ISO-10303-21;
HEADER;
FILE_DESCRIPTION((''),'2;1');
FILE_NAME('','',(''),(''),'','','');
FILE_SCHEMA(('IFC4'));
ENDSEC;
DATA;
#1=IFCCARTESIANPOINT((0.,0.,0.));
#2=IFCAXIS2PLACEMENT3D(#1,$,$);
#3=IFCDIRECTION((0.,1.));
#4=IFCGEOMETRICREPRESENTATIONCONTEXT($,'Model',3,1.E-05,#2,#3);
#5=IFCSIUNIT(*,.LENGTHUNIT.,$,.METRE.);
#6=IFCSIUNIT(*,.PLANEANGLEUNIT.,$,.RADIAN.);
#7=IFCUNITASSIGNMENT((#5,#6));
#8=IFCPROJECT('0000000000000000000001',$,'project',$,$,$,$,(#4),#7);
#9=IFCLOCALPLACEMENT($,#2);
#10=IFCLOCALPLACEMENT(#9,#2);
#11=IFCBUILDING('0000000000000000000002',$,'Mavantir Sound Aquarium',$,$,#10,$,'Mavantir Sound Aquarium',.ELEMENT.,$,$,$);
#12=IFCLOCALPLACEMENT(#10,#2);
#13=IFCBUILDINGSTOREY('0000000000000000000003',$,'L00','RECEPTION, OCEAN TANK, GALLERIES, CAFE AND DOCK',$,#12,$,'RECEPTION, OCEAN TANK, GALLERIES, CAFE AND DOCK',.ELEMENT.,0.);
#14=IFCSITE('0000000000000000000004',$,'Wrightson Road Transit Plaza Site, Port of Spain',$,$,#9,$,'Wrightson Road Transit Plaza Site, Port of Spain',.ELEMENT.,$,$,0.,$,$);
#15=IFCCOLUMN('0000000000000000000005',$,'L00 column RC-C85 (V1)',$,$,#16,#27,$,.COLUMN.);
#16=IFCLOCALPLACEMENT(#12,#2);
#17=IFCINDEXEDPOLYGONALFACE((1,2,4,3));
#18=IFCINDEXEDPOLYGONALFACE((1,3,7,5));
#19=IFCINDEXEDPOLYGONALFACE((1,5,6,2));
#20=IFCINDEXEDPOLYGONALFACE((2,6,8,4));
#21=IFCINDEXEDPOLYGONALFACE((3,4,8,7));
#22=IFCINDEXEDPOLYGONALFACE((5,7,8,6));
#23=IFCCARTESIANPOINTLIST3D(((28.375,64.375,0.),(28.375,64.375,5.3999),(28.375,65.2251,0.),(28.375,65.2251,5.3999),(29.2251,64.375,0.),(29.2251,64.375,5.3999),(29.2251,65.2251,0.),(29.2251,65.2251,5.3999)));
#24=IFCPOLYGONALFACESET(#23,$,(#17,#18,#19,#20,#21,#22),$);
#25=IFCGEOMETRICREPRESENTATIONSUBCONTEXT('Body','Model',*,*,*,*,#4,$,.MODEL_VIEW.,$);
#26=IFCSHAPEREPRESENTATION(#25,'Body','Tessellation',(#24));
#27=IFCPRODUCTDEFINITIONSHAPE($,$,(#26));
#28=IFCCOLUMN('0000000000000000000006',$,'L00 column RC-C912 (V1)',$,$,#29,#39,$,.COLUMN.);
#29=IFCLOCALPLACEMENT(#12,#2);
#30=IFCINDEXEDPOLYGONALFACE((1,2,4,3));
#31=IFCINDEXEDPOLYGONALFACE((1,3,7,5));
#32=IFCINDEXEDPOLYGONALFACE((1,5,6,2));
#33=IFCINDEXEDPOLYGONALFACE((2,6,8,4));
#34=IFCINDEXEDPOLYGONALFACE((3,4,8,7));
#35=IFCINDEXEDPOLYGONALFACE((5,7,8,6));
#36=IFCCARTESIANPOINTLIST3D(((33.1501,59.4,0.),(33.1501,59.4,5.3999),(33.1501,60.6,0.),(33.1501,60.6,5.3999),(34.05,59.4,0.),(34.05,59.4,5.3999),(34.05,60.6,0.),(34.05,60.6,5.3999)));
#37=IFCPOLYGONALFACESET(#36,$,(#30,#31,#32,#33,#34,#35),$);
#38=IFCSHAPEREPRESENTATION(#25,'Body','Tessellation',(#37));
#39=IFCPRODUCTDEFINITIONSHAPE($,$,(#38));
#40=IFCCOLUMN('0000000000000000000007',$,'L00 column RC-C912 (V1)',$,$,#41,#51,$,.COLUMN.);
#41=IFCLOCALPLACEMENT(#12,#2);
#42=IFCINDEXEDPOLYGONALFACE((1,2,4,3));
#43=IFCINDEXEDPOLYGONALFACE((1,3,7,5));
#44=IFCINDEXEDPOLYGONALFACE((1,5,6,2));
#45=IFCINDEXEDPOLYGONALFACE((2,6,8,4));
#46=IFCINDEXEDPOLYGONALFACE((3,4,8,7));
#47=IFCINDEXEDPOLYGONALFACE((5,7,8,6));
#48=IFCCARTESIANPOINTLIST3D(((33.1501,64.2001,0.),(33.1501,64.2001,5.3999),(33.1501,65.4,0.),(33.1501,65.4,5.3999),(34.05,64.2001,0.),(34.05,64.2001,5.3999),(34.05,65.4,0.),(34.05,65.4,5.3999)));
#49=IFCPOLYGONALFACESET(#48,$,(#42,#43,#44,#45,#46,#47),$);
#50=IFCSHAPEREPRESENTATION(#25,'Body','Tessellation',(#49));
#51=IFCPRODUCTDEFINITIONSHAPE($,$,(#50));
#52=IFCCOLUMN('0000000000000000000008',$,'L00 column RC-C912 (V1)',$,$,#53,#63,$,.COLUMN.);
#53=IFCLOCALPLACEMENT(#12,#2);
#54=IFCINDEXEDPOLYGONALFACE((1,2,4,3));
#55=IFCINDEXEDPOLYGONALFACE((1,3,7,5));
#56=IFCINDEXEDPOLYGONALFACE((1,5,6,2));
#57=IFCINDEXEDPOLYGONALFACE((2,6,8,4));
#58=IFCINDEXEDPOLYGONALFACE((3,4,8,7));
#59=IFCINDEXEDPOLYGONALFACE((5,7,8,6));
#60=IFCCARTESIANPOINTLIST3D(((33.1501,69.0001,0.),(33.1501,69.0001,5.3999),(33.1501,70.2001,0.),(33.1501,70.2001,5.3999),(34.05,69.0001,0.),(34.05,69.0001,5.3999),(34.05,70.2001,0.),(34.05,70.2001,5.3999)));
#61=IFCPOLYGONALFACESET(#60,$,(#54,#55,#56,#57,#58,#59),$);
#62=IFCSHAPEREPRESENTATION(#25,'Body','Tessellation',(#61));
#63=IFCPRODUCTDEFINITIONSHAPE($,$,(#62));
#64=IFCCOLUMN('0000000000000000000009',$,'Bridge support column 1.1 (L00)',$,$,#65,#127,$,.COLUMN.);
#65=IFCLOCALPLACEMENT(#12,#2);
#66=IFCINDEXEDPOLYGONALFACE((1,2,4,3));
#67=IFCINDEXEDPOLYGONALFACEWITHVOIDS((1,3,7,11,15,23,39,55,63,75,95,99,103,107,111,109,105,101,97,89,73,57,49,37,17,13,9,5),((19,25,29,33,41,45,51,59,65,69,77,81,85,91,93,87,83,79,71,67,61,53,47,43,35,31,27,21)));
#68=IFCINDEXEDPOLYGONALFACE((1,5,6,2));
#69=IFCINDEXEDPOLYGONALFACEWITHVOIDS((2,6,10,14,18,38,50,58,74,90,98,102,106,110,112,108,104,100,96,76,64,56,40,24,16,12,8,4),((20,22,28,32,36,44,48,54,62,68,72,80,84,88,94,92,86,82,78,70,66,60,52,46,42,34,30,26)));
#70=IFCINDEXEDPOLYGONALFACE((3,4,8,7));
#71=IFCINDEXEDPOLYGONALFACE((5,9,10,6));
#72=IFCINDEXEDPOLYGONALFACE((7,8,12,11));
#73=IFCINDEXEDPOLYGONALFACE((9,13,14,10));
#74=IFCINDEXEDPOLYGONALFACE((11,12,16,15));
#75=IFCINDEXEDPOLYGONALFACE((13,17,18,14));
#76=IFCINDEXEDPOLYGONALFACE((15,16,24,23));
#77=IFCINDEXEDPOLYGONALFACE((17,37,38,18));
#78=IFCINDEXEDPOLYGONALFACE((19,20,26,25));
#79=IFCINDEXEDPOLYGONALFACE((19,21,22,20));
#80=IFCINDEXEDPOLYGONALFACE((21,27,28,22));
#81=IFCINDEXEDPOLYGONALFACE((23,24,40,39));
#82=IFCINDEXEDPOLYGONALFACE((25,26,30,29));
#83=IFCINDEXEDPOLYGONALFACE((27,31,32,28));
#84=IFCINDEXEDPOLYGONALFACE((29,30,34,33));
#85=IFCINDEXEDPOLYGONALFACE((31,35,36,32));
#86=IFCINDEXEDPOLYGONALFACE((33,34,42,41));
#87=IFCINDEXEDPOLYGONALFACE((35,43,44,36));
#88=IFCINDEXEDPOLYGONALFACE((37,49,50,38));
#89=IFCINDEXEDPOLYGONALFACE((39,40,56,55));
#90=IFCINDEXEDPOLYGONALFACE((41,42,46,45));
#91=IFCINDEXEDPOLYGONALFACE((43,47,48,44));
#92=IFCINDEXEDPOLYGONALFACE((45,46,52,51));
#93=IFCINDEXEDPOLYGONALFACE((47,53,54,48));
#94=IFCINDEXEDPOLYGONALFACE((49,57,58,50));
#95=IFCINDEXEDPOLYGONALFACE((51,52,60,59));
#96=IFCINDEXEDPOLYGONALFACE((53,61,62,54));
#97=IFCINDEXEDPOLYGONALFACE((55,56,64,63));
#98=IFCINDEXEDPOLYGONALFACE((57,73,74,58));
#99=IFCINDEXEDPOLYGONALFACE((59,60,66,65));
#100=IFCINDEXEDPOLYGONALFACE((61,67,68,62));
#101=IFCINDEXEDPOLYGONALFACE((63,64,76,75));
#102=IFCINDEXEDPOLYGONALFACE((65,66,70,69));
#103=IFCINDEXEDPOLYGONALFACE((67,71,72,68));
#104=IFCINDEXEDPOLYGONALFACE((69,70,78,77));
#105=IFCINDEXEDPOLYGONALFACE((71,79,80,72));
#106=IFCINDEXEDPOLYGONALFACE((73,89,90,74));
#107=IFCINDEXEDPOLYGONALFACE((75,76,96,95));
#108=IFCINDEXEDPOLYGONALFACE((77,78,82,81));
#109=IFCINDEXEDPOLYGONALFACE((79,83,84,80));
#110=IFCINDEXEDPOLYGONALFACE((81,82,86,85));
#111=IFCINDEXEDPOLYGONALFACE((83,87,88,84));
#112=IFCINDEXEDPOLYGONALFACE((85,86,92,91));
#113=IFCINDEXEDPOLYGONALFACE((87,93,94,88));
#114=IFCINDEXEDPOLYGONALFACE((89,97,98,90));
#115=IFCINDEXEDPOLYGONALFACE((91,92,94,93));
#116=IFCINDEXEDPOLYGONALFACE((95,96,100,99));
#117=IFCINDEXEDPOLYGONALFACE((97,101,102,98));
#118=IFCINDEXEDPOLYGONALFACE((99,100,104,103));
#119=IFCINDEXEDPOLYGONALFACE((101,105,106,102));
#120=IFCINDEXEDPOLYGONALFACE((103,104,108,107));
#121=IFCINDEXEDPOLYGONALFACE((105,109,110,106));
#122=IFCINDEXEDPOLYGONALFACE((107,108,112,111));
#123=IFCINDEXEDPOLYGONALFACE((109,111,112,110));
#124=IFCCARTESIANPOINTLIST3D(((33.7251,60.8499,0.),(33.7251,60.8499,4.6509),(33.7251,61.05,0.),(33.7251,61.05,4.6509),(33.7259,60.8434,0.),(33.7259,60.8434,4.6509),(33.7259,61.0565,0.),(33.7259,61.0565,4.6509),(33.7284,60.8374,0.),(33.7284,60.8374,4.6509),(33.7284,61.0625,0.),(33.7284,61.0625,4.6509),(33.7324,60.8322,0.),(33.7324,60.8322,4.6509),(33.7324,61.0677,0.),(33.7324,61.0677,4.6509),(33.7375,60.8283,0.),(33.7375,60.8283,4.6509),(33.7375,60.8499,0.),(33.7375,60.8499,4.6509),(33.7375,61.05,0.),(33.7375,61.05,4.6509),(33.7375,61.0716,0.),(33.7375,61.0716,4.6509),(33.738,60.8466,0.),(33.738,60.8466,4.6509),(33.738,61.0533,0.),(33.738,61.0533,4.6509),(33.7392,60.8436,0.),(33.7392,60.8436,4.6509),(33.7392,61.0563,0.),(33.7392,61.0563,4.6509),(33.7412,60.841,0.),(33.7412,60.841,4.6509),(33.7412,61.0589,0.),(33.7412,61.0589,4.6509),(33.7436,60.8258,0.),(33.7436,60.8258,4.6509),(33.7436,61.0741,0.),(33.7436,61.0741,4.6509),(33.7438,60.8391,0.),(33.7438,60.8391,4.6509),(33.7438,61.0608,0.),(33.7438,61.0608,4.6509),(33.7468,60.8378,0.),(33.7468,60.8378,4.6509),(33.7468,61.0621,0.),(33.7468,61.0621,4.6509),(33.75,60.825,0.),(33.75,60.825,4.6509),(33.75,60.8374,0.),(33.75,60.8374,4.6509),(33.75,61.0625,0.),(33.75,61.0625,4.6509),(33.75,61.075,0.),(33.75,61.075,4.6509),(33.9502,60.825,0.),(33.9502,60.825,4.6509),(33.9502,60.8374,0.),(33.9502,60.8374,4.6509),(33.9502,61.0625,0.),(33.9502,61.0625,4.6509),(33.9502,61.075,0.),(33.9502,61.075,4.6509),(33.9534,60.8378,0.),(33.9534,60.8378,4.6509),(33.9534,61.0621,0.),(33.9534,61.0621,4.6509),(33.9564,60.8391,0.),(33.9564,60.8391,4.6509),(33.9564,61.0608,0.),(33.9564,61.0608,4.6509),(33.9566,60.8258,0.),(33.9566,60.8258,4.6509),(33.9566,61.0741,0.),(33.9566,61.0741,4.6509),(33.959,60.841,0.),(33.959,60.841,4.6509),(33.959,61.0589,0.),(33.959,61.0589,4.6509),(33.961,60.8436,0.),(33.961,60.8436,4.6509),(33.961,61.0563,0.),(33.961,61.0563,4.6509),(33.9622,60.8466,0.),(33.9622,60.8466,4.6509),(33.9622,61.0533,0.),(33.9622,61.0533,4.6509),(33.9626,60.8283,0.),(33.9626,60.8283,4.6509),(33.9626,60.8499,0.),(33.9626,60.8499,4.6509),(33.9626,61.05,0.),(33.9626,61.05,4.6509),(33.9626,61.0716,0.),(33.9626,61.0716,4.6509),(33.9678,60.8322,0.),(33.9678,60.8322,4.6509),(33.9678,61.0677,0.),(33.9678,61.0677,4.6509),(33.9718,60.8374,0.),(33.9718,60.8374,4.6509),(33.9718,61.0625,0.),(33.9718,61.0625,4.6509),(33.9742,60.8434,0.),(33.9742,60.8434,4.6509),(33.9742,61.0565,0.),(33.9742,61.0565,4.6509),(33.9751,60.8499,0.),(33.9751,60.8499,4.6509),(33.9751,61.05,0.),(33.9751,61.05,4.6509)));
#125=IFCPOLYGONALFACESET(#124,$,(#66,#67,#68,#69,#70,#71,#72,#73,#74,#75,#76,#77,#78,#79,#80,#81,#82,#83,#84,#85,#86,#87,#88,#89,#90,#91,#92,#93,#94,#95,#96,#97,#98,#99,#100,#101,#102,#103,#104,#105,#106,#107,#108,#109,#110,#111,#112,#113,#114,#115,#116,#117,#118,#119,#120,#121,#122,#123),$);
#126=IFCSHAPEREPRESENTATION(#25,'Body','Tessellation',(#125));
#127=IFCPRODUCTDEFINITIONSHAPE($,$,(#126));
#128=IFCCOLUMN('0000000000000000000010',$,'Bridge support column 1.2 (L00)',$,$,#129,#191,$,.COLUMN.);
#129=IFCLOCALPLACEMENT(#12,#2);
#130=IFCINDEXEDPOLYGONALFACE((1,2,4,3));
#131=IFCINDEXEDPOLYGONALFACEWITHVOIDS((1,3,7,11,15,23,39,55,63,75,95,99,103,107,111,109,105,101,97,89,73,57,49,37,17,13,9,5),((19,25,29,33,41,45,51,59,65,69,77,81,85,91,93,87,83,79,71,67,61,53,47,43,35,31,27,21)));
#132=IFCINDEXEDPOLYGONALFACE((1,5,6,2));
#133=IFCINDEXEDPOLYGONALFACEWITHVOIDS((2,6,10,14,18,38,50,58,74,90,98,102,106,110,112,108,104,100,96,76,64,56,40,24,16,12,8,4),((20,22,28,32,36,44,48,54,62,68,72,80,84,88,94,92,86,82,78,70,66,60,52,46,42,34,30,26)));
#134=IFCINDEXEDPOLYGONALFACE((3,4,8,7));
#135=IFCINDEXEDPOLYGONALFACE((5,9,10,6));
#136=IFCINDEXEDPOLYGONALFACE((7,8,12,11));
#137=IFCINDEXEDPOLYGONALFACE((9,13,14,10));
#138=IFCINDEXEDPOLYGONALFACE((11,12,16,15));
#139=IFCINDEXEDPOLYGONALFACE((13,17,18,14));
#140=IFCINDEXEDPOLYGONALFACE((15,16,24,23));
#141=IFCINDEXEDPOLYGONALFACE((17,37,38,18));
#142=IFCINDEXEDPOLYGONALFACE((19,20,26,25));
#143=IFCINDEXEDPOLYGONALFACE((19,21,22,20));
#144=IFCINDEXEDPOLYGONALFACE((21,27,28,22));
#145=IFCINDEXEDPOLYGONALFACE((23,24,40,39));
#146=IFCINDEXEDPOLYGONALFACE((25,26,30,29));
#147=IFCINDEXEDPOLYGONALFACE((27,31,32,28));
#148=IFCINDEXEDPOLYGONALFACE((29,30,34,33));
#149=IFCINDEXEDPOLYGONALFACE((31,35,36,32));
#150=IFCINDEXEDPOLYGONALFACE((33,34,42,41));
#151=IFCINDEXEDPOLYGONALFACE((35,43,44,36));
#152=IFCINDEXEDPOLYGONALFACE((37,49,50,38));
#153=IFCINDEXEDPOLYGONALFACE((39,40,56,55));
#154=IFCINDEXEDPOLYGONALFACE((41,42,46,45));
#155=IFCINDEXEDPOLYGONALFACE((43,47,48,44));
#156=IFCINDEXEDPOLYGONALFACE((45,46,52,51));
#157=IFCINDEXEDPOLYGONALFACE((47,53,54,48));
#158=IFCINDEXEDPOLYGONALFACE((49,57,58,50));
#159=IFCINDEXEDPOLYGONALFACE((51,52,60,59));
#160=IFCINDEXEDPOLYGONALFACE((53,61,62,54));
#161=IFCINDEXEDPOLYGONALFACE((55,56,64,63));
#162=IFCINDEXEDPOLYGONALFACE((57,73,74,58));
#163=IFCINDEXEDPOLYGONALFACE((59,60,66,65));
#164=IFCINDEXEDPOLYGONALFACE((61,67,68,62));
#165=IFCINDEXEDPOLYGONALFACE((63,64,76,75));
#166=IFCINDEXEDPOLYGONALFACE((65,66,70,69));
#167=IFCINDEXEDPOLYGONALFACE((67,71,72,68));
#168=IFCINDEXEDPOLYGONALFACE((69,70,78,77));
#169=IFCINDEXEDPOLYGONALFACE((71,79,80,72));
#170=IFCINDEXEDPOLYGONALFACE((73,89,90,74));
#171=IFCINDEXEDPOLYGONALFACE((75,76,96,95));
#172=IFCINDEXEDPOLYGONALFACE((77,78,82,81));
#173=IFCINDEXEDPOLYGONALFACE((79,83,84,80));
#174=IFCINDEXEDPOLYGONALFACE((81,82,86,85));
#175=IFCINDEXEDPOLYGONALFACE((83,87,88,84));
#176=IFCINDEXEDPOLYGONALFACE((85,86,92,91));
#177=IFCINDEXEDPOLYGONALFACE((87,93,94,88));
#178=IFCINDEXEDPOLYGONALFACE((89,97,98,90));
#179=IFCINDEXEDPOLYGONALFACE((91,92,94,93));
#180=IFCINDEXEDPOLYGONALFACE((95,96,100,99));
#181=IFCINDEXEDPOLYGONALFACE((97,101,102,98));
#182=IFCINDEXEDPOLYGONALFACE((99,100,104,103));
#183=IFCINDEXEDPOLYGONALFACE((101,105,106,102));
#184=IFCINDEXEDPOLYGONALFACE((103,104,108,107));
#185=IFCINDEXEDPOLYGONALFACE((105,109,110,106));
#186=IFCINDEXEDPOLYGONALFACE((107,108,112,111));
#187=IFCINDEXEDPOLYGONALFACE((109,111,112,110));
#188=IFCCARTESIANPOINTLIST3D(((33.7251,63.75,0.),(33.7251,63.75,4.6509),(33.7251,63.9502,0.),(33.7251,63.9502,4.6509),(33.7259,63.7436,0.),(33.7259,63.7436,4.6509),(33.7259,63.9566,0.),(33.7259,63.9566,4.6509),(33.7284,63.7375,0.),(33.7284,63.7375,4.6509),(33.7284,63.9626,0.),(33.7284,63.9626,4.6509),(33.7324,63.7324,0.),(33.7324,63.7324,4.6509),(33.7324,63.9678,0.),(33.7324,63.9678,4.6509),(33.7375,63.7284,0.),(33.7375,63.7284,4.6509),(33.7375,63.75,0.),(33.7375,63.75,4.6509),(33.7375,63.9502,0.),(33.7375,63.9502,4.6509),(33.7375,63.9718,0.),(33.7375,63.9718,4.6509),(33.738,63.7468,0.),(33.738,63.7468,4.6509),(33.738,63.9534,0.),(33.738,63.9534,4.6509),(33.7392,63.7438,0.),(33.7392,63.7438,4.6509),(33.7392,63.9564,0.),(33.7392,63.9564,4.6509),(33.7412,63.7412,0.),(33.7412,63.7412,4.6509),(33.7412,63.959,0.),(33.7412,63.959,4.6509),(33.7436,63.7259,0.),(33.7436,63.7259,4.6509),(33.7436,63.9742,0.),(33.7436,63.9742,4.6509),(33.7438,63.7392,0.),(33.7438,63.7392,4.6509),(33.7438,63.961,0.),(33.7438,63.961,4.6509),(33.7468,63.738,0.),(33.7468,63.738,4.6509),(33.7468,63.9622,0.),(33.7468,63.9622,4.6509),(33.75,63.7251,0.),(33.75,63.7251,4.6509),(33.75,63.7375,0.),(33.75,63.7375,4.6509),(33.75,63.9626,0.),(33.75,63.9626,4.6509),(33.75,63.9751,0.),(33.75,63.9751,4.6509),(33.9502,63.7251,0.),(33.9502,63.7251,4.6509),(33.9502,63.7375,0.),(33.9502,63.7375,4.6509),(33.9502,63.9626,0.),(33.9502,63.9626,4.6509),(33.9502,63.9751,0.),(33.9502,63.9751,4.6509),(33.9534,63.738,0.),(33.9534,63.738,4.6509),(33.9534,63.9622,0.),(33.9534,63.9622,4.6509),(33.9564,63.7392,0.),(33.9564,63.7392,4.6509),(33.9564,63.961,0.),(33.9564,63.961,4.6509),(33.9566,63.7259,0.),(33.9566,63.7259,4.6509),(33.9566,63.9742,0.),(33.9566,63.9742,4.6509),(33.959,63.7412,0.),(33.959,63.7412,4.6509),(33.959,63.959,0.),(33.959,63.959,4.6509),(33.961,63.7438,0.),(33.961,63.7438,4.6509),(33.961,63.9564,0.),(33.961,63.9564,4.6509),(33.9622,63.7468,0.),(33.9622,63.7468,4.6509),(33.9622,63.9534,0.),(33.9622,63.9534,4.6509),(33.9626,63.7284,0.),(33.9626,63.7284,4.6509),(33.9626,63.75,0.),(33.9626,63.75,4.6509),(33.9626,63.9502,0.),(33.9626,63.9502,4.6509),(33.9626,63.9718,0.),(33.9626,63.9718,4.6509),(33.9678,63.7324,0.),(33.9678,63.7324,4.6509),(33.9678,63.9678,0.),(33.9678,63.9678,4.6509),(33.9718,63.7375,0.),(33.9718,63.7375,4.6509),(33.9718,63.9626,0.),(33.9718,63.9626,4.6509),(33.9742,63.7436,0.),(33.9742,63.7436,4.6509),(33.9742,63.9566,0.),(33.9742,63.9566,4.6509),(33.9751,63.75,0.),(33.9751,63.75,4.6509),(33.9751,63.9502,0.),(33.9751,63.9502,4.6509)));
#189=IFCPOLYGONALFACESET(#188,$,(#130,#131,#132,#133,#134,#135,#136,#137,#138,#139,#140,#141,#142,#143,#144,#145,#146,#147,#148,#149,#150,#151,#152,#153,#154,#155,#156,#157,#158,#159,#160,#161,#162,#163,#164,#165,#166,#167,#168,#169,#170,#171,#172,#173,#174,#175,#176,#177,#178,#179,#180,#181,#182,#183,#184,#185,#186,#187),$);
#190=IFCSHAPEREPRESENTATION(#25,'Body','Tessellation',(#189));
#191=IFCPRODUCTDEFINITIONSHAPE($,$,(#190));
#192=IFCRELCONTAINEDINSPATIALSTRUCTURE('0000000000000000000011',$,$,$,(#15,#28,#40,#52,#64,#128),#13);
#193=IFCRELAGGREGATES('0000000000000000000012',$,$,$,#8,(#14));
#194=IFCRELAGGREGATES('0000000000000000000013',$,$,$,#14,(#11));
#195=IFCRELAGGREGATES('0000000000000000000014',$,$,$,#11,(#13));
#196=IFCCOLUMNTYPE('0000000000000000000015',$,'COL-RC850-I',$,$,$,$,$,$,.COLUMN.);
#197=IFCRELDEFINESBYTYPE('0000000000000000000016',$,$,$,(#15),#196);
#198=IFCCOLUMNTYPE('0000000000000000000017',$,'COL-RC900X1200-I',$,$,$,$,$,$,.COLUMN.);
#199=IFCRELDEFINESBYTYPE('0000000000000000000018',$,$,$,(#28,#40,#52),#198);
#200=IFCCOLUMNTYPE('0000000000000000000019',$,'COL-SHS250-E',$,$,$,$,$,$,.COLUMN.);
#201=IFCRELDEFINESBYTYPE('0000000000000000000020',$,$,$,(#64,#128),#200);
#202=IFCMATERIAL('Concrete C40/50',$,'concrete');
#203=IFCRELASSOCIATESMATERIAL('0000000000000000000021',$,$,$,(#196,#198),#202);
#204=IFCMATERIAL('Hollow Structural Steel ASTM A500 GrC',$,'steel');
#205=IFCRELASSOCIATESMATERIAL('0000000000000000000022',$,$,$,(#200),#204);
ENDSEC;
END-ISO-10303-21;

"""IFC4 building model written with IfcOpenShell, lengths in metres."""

from ifc_helpers import new_model, si_unit, direction, frame, origin, origin_2d, place, context, subcontext, project, spatial, rectangle, hollow_rectangle, extrude, material, material_profile, profile_set, type_object, element, save


model = new_model("IFC4")

# Units and contexts
model_context = context("Model", 3, precision=1e-05, world=origin(), true_north=direction((0.0, 1.0)))
body_context = subcontext(model_context, "Body", "Model", "MODEL_VIEW")
ifc_project = project(units=[si_unit("LENGTHUNIT", "METRE"), si_unit("PLANEANGLEUNIT", "RADIAN")], contexts=[model_context])

# Site, building, storey
site_placement = place(None, origin())
site = spatial("IfcSite", under=ifc_project, at=site_placement, Name="Wrightson Road Transit Plaza Site, Port of Spain", LongName="Wrightson Road Transit Plaza Site, Port of Spain", CompositionType="ELEMENT", RefElevation=0.0)
building_placement = place(site_placement, origin())
building = spatial("IfcBuilding", under=site, at=building_placement, Name="Mavantir Sound Aquarium", LongName="Mavantir Sound Aquarium", CompositionType="ELEMENT")
storey_placement = place(building_placement, origin())
storey = spatial("IfcBuildingStorey", under=building, at=storey_placement, Name="L00", Description="RECEPTION, OCEAN TANK, GALLERIES, CAFE AND DOCK", LongName="RECEPTION, OCEAN TANK, GALLERIES, CAFE AND DOCK", CompositionType="ELEMENT", Elevation=0.0)

# Columns
ifc_material_1 = material(Name="Concrete C40/50", Category="concrete")
ifc_material_profile_1 = material_profile(ifc_material_1, rectangle(XDim=0.8501, YDim=0.8501, at=origin_2d()), Name="RC 850X850")
ifc_profile_set_1 = profile_set([ifc_material_profile_1], Name="Concrete C40/50")
column_type_1 = type_object("IfcColumnType", Name="COL-RC850-I", PredefinedType="COLUMN", material=ifc_profile_set_1)
column_placement = place(storey_placement, frame((28.8, 64.8, 0.0), z_axis=(0.0, 0.0, 1.0), x_axis=(1.0, 0.0, 0.0)))
element("IfcColumn", 1, at=column_placement, inside=storey, type_object=column_type_1, Name="L00 column RC-C85 (V1)", PredefinedType="COLUMN", context=body_context, shape_type="SweptSolid", body=[
    extrude(rectangle(XDim=0.8501, YDim=0.8501, at=origin_2d()), origin(), (0.0, 0.0, 1.0), 5.3999),
])
ifc_material_profile_2 = material_profile(ifc_material_1, rectangle(XDim=0.8999, YDim=1.2, at=origin_2d()), Name="RC 900X1200")
ifc_profile_set_2 = profile_set([ifc_material_profile_2], Name="Concrete C40/50")
column_type_2 = type_object("IfcColumnType", Name="COL-RC900X1200-I", PredefinedType="COLUMN", material=ifc_profile_set_2)
for number, where, z_axis, x_axis, name in (
    (2, (33.6001, 60.0, 0.0), (0.0, 0.0, 1.0), (1.0, 0.0, 0.0), "L00 column RC-C912 (V1)"),
    (3, (33.6001, 64.8, 0.0), (0.0, 0.0, 1.0), (1.0, 0.0, 0.0), "L00 column RC-C912 (V1)"),
    (4, (33.6001, 69.6001, 0.0), (0.0, 0.0, 1.0), (1.0, 0.0, 0.0), "L00 column RC-C912 (V1)"),
):
    element("IfcColumn", number, at=place(storey_placement, frame(where, z_axis=z_axis, x_axis=x_axis)), inside=storey, type_object=column_type_2, Name=name, PredefinedType="COLUMN", context=body_context, shape_type="SweptSolid", body=[
        extrude(rectangle(XDim=0.8999, YDim=1.2, at=origin_2d()), origin(), (0.0, 0.0, 1.0), 5.3999),
    ])
ifc_material_2 = material(Name="Hollow Structural Steel ASTM A500 GrC", Category="steel")
ifc_material_profile_3 = material_profile(ifc_material_2, hollow_rectangle(XDim=0.25, YDim=0.25, WallThickness=0.0125, InnerFilletRadius=0.0125, OuterFilletRadius=0.0249, at=origin_2d()), Name="SHS 250X250X12.5")
ifc_profile_set_3 = profile_set([ifc_material_profile_3], Name="Hollow Structural Steel ASTM A500 GrC")
column_type_3 = type_object("IfcColumnType", Name="COL-SHS250-E", PredefinedType="COLUMN", material=ifc_profile_set_3)
for number, where, z_axis, x_axis, name in (
    (5, (33.8501, 60.95, 0.0), (0.0, 0.0, 1.0), (1.0, 0.0, 0.0), "Bridge support column 1.1 (L00)"),
    (6, (33.8501, 63.8501, 0.0), (0.0, 0.0, 1.0), (1.0, 0.0, 0.0), "Bridge support column 1.2 (L00)"),
):
    element("IfcColumn", number, at=place(storey_placement, frame(where, z_axis=z_axis, x_axis=x_axis)), inside=storey, type_object=column_type_3, Name=name, PredefinedType="COLUMN", context=body_context, shape_type="SweptSolid", body=[
        extrude(hollow_rectangle(XDim=0.25, YDim=0.25, WallThickness=0.0125, InnerFilletRadius=0.0125, OuterFilletRadius=0.0249, at=origin_2d()), origin(), (0.0, 0.0, 1.0), 4.6509),
    ])

save(model, "model.ifc")
